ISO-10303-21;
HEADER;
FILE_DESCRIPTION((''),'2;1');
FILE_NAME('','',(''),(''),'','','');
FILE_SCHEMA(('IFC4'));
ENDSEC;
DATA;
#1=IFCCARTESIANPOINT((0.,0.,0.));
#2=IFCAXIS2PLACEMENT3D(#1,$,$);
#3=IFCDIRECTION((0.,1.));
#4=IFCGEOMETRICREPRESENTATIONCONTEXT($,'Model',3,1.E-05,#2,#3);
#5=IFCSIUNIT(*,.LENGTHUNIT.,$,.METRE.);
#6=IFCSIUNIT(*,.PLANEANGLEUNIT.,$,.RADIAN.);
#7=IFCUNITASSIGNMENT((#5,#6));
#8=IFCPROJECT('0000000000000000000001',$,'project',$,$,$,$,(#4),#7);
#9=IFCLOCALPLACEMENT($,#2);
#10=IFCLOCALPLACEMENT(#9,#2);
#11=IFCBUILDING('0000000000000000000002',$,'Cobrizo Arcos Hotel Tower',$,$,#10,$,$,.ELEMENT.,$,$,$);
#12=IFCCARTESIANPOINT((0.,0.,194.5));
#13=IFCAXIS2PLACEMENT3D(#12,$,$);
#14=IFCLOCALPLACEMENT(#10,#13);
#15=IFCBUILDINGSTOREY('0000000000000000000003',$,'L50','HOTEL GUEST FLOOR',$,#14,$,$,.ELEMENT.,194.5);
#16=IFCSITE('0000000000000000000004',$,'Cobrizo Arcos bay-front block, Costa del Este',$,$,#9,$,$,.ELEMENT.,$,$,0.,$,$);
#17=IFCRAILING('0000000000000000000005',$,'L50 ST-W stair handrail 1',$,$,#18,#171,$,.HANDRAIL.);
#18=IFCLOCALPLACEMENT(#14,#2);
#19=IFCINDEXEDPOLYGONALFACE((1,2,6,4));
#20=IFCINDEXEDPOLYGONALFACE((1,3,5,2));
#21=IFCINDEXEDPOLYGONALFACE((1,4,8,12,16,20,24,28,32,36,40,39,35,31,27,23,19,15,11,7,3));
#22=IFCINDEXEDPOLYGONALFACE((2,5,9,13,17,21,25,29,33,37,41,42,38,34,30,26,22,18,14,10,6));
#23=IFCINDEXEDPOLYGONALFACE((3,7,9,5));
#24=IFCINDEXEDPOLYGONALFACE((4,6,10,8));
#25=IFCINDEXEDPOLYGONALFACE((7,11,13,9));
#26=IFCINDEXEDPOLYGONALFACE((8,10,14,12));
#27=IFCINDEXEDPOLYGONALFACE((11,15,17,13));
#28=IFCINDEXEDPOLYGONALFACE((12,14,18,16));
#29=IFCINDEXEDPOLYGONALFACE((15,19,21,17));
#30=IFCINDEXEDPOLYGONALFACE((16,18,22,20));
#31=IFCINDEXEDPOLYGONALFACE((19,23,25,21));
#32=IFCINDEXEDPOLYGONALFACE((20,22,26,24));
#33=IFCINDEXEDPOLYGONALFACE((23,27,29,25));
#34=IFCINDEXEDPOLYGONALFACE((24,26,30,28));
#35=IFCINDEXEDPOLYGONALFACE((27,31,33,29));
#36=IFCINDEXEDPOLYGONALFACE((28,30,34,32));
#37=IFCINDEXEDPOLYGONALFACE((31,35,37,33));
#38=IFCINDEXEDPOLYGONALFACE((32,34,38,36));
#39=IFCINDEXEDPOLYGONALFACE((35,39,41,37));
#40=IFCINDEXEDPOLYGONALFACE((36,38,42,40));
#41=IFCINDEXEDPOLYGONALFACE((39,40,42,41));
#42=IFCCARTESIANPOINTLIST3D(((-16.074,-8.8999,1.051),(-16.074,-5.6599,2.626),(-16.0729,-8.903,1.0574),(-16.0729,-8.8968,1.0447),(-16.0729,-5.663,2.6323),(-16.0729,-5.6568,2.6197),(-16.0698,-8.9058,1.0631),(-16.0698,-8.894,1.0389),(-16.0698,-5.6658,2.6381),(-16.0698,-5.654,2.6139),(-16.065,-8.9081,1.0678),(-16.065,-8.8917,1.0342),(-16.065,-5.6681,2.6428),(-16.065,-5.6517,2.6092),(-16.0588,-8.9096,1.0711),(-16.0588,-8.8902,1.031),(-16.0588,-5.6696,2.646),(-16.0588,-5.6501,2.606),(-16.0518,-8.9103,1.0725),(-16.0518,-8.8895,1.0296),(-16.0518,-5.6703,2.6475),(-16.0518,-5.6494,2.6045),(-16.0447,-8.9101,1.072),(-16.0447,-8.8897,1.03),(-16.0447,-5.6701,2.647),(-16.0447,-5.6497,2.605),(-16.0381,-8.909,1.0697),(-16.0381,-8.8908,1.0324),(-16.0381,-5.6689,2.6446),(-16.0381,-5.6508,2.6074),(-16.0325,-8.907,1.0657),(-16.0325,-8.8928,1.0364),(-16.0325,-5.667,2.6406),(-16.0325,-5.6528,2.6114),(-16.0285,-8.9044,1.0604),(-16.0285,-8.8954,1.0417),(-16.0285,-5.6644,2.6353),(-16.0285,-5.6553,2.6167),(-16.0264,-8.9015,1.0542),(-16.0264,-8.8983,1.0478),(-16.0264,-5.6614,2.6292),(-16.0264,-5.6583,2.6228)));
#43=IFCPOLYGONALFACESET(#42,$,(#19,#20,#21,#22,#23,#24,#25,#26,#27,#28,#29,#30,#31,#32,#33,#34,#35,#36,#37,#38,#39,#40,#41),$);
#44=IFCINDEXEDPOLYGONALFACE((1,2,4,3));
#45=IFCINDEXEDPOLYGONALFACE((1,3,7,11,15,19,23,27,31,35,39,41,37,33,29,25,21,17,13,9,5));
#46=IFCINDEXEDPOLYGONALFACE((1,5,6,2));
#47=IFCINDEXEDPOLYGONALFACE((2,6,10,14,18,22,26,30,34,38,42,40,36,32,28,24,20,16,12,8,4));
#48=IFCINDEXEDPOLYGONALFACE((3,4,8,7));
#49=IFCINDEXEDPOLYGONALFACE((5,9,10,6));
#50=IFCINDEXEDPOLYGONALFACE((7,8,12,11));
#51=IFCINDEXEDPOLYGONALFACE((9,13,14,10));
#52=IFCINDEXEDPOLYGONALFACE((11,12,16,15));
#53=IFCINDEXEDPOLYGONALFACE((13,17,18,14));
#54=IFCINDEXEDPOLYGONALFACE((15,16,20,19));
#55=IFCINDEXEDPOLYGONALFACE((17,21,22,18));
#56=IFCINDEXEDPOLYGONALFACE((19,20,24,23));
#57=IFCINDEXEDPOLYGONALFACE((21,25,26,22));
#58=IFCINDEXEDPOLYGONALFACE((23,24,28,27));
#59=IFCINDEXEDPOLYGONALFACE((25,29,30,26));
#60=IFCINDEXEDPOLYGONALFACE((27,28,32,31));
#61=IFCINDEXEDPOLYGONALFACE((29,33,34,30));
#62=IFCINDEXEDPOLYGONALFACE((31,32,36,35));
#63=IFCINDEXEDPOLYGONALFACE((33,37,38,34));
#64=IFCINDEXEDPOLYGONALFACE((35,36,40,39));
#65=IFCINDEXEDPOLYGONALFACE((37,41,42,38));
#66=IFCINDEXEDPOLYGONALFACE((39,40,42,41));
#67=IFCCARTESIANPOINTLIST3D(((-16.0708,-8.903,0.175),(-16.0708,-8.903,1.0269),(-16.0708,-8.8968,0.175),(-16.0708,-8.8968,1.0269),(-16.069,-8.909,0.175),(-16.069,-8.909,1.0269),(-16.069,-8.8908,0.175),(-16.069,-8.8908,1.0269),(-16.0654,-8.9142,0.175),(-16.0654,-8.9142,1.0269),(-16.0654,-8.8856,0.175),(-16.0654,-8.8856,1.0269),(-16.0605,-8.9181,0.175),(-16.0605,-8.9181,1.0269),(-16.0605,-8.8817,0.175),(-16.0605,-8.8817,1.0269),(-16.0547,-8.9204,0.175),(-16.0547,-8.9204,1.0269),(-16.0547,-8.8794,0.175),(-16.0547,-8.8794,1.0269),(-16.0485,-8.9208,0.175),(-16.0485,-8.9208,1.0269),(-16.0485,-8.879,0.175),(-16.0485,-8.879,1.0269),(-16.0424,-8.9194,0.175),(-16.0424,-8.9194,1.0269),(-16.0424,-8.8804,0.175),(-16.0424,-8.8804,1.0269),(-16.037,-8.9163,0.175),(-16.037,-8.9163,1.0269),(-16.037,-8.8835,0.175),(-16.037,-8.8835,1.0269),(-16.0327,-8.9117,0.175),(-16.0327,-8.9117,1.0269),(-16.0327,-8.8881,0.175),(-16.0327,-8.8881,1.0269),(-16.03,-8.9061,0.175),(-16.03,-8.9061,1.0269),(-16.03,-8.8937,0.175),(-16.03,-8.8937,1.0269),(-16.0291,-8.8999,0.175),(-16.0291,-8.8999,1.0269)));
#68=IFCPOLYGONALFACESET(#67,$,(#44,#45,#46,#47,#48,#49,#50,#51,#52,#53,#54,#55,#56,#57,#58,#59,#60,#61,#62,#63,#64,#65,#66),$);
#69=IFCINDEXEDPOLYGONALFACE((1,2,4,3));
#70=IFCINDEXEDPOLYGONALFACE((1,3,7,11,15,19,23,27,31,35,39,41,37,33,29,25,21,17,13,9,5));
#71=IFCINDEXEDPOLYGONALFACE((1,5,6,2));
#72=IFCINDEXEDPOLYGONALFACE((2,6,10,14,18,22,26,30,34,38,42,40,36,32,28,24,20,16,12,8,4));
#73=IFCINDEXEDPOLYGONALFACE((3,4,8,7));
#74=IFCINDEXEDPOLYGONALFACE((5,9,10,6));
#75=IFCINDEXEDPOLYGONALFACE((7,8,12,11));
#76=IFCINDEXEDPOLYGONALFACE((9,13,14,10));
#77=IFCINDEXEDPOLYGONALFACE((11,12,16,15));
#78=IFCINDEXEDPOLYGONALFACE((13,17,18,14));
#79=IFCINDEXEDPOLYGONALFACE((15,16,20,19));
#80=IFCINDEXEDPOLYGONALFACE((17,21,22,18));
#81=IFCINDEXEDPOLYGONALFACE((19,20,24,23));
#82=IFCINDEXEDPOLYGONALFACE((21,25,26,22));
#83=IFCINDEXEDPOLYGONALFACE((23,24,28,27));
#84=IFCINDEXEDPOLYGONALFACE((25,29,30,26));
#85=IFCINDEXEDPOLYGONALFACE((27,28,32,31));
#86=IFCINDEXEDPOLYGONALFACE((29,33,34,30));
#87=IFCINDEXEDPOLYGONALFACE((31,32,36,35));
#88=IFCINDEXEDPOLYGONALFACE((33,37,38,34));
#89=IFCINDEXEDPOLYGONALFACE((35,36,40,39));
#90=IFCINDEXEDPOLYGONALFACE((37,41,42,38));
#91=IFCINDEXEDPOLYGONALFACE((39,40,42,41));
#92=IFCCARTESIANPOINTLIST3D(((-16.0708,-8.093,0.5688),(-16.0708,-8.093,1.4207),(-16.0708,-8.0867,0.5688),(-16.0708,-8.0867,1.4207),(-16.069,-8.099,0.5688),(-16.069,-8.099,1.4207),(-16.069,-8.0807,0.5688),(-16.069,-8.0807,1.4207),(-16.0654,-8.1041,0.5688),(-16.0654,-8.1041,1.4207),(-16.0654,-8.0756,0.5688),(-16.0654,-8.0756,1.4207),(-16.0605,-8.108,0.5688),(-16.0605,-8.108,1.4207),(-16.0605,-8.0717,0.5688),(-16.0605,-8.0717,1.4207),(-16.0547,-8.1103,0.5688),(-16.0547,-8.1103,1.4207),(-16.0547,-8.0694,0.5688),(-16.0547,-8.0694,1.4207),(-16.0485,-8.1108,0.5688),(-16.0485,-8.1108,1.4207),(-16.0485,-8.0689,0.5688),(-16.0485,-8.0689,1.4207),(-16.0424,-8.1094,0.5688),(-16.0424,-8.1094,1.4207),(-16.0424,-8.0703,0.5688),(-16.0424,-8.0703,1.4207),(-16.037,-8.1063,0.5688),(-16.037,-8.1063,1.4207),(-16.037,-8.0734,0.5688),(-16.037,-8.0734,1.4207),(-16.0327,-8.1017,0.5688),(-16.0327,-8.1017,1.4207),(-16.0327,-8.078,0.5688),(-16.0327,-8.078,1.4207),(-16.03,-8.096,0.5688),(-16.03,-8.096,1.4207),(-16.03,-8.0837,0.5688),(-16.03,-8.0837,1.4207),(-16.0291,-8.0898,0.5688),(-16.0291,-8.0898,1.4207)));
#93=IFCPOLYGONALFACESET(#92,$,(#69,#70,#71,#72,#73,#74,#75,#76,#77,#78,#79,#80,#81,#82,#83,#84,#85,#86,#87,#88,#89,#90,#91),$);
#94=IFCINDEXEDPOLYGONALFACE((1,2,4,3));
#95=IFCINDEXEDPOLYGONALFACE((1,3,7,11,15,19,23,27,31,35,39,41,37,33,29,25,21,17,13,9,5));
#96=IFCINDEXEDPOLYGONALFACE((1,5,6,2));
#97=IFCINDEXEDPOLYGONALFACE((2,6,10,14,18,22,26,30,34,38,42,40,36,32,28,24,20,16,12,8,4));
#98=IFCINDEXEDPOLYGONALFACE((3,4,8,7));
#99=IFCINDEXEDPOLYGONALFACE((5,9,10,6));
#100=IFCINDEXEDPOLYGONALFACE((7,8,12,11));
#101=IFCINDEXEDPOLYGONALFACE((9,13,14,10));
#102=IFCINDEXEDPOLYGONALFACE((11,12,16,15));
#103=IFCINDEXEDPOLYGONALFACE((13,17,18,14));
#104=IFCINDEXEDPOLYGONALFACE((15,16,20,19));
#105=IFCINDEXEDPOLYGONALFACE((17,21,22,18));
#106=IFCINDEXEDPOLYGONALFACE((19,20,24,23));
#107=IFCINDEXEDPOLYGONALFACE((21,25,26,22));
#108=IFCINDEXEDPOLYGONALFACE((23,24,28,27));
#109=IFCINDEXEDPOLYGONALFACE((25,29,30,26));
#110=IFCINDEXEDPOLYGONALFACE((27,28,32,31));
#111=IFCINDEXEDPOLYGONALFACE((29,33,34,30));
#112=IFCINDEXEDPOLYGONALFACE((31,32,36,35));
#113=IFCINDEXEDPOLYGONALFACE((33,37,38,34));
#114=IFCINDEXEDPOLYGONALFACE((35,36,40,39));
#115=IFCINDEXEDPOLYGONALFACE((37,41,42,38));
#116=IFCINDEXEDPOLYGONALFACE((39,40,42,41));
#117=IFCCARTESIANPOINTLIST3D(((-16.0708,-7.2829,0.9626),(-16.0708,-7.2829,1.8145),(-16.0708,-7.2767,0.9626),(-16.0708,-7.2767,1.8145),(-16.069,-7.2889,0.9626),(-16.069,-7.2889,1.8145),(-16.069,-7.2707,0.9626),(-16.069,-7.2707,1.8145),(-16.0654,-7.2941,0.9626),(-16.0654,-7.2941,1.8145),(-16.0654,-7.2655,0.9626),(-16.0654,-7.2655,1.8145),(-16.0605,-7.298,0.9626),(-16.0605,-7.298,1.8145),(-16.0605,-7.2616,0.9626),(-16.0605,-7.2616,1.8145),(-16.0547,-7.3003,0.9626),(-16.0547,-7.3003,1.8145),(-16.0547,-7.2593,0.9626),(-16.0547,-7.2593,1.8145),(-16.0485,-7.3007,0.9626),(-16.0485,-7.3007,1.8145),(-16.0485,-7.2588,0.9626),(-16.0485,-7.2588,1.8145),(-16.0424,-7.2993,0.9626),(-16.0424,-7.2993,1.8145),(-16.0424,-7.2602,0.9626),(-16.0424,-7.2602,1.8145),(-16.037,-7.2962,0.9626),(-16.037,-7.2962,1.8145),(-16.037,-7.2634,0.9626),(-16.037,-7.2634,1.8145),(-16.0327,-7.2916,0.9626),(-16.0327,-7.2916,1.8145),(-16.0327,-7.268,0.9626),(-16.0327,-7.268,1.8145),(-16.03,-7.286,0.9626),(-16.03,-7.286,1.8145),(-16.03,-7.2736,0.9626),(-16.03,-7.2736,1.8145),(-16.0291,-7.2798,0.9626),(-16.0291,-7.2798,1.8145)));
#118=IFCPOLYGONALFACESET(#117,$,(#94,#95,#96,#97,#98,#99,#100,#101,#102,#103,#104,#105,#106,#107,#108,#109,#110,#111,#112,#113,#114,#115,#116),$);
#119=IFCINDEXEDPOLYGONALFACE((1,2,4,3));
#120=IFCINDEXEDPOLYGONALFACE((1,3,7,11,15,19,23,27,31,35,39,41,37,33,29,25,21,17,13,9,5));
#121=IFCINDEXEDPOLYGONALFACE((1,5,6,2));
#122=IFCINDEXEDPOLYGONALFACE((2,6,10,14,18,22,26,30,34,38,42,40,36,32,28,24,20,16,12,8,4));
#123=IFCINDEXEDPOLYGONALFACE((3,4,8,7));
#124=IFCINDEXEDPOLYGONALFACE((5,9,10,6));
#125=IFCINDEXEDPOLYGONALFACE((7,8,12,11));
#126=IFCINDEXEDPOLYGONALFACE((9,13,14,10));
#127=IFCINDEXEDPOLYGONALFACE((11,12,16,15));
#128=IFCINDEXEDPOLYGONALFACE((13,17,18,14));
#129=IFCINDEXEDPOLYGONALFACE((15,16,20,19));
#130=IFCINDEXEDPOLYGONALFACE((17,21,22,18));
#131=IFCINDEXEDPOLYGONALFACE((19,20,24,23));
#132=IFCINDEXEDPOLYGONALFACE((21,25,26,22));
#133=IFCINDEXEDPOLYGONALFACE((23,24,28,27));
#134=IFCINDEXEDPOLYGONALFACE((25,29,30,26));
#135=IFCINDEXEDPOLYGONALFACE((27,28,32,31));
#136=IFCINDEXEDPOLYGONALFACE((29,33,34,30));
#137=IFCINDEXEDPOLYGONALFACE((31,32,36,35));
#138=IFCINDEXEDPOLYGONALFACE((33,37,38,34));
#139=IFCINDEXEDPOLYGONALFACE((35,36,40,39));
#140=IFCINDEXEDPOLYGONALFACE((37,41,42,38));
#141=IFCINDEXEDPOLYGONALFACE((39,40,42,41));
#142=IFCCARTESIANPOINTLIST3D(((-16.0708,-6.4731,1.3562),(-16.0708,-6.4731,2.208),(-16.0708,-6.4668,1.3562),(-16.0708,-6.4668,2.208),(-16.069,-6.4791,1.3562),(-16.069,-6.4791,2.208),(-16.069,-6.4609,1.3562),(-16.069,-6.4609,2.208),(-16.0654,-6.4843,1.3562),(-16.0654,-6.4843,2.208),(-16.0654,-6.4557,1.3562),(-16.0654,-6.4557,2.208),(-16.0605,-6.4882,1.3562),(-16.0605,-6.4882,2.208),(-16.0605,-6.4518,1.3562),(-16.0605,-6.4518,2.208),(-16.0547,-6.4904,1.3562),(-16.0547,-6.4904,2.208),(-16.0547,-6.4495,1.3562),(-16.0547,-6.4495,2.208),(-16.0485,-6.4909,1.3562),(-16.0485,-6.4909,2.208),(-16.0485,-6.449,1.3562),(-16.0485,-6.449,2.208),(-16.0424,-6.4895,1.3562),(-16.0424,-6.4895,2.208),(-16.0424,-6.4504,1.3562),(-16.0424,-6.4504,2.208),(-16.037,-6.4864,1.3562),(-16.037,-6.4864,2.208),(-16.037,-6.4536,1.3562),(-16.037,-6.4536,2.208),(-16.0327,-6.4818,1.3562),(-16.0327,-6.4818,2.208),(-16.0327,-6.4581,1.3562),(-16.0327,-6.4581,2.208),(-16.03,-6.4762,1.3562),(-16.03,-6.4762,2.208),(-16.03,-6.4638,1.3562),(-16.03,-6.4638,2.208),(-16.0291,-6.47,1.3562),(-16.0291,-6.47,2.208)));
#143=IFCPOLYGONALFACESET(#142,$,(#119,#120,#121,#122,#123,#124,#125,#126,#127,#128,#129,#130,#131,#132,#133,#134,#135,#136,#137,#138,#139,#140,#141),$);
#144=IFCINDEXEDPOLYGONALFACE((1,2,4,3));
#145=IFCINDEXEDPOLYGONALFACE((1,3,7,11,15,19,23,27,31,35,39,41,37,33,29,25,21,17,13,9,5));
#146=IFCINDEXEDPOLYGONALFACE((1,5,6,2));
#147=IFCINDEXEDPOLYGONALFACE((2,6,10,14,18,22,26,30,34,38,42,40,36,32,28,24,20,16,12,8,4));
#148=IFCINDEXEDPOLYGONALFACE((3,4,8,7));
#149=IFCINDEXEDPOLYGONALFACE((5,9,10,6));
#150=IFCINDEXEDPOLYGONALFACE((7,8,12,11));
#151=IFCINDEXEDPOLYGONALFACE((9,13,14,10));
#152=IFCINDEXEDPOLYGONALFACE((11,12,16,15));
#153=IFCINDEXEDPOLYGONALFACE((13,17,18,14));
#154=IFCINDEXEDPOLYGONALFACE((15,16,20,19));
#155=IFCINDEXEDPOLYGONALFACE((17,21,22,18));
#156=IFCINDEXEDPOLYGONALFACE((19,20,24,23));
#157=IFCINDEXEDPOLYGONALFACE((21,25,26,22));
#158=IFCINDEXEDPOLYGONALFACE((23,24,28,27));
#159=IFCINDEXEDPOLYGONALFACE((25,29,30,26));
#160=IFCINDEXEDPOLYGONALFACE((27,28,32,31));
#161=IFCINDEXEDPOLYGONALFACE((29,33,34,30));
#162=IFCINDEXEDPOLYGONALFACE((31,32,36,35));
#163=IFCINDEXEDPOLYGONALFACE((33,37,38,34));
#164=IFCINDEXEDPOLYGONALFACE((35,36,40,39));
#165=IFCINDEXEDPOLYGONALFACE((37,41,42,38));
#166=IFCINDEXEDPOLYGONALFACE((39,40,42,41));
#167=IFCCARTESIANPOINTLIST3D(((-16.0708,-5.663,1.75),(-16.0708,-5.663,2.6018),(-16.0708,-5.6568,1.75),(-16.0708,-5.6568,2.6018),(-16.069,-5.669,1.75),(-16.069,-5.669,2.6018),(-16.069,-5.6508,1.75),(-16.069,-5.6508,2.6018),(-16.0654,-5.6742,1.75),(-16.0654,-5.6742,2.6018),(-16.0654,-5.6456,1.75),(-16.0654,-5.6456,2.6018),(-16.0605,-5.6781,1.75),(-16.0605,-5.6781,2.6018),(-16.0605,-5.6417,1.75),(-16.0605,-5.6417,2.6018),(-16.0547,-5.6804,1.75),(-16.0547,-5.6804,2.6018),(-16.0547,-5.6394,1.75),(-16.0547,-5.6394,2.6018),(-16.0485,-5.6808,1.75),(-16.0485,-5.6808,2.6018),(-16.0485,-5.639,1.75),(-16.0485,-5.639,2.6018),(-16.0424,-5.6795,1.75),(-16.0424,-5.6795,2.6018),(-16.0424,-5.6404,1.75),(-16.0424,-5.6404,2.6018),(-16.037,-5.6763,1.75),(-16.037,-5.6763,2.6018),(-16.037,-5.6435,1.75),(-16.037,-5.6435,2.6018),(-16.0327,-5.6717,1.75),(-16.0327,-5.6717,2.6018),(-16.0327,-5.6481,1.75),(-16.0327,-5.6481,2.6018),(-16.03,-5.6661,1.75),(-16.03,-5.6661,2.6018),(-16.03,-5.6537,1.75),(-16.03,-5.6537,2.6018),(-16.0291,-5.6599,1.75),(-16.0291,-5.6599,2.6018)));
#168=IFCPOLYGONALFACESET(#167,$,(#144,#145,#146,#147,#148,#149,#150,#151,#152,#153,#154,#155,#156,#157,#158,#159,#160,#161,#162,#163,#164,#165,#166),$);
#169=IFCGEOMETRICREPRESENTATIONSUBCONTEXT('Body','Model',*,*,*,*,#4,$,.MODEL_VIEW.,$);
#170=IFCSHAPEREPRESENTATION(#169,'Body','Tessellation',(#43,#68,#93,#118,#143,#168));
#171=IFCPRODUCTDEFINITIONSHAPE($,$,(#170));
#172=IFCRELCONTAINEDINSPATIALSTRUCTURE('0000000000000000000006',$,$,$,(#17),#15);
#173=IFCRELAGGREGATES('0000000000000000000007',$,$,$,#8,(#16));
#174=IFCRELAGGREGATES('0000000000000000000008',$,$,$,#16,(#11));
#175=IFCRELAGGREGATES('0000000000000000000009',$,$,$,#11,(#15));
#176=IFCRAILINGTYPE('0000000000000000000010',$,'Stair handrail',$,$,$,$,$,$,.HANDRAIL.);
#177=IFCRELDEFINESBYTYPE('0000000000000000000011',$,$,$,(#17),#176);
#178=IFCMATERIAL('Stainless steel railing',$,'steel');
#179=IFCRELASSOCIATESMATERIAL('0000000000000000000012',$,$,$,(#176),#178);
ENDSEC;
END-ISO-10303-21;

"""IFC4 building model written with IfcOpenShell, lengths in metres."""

from ifc_helpers import new_model, si_unit, direction, frame, origin, origin_2d, place, context, subcontext, project, spatial, circle, extrude, material, type_object, element, save


model = new_model("IFC4")

# Units and contexts
model_context = context("Model", 3, precision=1e-05, world=origin(), true_north=direction((0.0, 1.0)))
body_context = subcontext(model_context, "Body", "Model", "MODEL_VIEW")
ifc_project = project(units=[si_unit("LENGTHUNIT", "METRE"), si_unit("PLANEANGLEUNIT", "RADIAN")], contexts=[model_context])

# Site, building, storey
site_placement = place(None, origin())
site = spatial("IfcSite", under=ifc_project, at=site_placement, Name="Cobrizo Arcos bay-front block, Costa del Este", CompositionType="ELEMENT", RefElevation=0.0)
building_placement = place(site_placement, origin())
building = spatial("IfcBuilding", under=site, at=building_placement, Name="Cobrizo Arcos Hotel Tower", CompositionType="ELEMENT")
storey_placement = place(building_placement, frame((0.0, 0.0, 194.5)))
storey = spatial("IfcBuildingStorey", under=building, at=storey_placement, Name="L50", Description="HOTEL GUEST FLOOR", CompositionType="ELEMENT", Elevation=194.5)

# Railing
ifc_material_1 = material(Name="Stainless steel railing", Category="steel")
railing_type_1 = type_object("IfcRailingType", Name="Stair handrail", PredefinedType="HANDRAIL", material=ifc_material_1)
railing_1_placement = place(storey_placement, frame((-16.05, -8.8999, 0.175)))
element("IfcRailing", 1, at=railing_1_placement, inside=storey, type_object=railing_type_1, Name="L50 ST-W stair handrail 1", PredefinedType="HANDRAIL", context=body_context, shape_type="SweptSolid", body=[
    extrude(circle(Radius=0.0239, at=origin_2d()), frame((0.0, 0.0, 0.876), z_axis=(0.0, 0.899373, 0.437183), x_axis=(-1.0, 0.0, 0.0)), (0.0, 0.0, 1.0), 3.6025),
    extrude(circle(Radius=0.021, at=origin_2d()), origin(), (0.0, 0.0, 1.0), 0.8518),
    extrude(circle(Radius=0.021, at=origin_2d()), frame((0.0, 0.8101, 0.3938)), (0.0, 0.0, 1.0), 0.8518),
    extrude(circle(Radius=0.021, at=origin_2d()), frame((0.0, 1.6201, 0.7876)), (0.0, 0.0, 1.0), 0.8518),
    extrude(circle(Radius=0.021, at=origin_2d()), frame((0.0, 2.4299, 1.1812)), (0.0, 0.0, 1.0), 0.8518),
    extrude(circle(Radius=0.021, at=origin_2d()), frame((0.0, 3.24, 1.575)), (0.0, 0.0, 1.0), 0.8518),
])

save(model, "model.ifc")
